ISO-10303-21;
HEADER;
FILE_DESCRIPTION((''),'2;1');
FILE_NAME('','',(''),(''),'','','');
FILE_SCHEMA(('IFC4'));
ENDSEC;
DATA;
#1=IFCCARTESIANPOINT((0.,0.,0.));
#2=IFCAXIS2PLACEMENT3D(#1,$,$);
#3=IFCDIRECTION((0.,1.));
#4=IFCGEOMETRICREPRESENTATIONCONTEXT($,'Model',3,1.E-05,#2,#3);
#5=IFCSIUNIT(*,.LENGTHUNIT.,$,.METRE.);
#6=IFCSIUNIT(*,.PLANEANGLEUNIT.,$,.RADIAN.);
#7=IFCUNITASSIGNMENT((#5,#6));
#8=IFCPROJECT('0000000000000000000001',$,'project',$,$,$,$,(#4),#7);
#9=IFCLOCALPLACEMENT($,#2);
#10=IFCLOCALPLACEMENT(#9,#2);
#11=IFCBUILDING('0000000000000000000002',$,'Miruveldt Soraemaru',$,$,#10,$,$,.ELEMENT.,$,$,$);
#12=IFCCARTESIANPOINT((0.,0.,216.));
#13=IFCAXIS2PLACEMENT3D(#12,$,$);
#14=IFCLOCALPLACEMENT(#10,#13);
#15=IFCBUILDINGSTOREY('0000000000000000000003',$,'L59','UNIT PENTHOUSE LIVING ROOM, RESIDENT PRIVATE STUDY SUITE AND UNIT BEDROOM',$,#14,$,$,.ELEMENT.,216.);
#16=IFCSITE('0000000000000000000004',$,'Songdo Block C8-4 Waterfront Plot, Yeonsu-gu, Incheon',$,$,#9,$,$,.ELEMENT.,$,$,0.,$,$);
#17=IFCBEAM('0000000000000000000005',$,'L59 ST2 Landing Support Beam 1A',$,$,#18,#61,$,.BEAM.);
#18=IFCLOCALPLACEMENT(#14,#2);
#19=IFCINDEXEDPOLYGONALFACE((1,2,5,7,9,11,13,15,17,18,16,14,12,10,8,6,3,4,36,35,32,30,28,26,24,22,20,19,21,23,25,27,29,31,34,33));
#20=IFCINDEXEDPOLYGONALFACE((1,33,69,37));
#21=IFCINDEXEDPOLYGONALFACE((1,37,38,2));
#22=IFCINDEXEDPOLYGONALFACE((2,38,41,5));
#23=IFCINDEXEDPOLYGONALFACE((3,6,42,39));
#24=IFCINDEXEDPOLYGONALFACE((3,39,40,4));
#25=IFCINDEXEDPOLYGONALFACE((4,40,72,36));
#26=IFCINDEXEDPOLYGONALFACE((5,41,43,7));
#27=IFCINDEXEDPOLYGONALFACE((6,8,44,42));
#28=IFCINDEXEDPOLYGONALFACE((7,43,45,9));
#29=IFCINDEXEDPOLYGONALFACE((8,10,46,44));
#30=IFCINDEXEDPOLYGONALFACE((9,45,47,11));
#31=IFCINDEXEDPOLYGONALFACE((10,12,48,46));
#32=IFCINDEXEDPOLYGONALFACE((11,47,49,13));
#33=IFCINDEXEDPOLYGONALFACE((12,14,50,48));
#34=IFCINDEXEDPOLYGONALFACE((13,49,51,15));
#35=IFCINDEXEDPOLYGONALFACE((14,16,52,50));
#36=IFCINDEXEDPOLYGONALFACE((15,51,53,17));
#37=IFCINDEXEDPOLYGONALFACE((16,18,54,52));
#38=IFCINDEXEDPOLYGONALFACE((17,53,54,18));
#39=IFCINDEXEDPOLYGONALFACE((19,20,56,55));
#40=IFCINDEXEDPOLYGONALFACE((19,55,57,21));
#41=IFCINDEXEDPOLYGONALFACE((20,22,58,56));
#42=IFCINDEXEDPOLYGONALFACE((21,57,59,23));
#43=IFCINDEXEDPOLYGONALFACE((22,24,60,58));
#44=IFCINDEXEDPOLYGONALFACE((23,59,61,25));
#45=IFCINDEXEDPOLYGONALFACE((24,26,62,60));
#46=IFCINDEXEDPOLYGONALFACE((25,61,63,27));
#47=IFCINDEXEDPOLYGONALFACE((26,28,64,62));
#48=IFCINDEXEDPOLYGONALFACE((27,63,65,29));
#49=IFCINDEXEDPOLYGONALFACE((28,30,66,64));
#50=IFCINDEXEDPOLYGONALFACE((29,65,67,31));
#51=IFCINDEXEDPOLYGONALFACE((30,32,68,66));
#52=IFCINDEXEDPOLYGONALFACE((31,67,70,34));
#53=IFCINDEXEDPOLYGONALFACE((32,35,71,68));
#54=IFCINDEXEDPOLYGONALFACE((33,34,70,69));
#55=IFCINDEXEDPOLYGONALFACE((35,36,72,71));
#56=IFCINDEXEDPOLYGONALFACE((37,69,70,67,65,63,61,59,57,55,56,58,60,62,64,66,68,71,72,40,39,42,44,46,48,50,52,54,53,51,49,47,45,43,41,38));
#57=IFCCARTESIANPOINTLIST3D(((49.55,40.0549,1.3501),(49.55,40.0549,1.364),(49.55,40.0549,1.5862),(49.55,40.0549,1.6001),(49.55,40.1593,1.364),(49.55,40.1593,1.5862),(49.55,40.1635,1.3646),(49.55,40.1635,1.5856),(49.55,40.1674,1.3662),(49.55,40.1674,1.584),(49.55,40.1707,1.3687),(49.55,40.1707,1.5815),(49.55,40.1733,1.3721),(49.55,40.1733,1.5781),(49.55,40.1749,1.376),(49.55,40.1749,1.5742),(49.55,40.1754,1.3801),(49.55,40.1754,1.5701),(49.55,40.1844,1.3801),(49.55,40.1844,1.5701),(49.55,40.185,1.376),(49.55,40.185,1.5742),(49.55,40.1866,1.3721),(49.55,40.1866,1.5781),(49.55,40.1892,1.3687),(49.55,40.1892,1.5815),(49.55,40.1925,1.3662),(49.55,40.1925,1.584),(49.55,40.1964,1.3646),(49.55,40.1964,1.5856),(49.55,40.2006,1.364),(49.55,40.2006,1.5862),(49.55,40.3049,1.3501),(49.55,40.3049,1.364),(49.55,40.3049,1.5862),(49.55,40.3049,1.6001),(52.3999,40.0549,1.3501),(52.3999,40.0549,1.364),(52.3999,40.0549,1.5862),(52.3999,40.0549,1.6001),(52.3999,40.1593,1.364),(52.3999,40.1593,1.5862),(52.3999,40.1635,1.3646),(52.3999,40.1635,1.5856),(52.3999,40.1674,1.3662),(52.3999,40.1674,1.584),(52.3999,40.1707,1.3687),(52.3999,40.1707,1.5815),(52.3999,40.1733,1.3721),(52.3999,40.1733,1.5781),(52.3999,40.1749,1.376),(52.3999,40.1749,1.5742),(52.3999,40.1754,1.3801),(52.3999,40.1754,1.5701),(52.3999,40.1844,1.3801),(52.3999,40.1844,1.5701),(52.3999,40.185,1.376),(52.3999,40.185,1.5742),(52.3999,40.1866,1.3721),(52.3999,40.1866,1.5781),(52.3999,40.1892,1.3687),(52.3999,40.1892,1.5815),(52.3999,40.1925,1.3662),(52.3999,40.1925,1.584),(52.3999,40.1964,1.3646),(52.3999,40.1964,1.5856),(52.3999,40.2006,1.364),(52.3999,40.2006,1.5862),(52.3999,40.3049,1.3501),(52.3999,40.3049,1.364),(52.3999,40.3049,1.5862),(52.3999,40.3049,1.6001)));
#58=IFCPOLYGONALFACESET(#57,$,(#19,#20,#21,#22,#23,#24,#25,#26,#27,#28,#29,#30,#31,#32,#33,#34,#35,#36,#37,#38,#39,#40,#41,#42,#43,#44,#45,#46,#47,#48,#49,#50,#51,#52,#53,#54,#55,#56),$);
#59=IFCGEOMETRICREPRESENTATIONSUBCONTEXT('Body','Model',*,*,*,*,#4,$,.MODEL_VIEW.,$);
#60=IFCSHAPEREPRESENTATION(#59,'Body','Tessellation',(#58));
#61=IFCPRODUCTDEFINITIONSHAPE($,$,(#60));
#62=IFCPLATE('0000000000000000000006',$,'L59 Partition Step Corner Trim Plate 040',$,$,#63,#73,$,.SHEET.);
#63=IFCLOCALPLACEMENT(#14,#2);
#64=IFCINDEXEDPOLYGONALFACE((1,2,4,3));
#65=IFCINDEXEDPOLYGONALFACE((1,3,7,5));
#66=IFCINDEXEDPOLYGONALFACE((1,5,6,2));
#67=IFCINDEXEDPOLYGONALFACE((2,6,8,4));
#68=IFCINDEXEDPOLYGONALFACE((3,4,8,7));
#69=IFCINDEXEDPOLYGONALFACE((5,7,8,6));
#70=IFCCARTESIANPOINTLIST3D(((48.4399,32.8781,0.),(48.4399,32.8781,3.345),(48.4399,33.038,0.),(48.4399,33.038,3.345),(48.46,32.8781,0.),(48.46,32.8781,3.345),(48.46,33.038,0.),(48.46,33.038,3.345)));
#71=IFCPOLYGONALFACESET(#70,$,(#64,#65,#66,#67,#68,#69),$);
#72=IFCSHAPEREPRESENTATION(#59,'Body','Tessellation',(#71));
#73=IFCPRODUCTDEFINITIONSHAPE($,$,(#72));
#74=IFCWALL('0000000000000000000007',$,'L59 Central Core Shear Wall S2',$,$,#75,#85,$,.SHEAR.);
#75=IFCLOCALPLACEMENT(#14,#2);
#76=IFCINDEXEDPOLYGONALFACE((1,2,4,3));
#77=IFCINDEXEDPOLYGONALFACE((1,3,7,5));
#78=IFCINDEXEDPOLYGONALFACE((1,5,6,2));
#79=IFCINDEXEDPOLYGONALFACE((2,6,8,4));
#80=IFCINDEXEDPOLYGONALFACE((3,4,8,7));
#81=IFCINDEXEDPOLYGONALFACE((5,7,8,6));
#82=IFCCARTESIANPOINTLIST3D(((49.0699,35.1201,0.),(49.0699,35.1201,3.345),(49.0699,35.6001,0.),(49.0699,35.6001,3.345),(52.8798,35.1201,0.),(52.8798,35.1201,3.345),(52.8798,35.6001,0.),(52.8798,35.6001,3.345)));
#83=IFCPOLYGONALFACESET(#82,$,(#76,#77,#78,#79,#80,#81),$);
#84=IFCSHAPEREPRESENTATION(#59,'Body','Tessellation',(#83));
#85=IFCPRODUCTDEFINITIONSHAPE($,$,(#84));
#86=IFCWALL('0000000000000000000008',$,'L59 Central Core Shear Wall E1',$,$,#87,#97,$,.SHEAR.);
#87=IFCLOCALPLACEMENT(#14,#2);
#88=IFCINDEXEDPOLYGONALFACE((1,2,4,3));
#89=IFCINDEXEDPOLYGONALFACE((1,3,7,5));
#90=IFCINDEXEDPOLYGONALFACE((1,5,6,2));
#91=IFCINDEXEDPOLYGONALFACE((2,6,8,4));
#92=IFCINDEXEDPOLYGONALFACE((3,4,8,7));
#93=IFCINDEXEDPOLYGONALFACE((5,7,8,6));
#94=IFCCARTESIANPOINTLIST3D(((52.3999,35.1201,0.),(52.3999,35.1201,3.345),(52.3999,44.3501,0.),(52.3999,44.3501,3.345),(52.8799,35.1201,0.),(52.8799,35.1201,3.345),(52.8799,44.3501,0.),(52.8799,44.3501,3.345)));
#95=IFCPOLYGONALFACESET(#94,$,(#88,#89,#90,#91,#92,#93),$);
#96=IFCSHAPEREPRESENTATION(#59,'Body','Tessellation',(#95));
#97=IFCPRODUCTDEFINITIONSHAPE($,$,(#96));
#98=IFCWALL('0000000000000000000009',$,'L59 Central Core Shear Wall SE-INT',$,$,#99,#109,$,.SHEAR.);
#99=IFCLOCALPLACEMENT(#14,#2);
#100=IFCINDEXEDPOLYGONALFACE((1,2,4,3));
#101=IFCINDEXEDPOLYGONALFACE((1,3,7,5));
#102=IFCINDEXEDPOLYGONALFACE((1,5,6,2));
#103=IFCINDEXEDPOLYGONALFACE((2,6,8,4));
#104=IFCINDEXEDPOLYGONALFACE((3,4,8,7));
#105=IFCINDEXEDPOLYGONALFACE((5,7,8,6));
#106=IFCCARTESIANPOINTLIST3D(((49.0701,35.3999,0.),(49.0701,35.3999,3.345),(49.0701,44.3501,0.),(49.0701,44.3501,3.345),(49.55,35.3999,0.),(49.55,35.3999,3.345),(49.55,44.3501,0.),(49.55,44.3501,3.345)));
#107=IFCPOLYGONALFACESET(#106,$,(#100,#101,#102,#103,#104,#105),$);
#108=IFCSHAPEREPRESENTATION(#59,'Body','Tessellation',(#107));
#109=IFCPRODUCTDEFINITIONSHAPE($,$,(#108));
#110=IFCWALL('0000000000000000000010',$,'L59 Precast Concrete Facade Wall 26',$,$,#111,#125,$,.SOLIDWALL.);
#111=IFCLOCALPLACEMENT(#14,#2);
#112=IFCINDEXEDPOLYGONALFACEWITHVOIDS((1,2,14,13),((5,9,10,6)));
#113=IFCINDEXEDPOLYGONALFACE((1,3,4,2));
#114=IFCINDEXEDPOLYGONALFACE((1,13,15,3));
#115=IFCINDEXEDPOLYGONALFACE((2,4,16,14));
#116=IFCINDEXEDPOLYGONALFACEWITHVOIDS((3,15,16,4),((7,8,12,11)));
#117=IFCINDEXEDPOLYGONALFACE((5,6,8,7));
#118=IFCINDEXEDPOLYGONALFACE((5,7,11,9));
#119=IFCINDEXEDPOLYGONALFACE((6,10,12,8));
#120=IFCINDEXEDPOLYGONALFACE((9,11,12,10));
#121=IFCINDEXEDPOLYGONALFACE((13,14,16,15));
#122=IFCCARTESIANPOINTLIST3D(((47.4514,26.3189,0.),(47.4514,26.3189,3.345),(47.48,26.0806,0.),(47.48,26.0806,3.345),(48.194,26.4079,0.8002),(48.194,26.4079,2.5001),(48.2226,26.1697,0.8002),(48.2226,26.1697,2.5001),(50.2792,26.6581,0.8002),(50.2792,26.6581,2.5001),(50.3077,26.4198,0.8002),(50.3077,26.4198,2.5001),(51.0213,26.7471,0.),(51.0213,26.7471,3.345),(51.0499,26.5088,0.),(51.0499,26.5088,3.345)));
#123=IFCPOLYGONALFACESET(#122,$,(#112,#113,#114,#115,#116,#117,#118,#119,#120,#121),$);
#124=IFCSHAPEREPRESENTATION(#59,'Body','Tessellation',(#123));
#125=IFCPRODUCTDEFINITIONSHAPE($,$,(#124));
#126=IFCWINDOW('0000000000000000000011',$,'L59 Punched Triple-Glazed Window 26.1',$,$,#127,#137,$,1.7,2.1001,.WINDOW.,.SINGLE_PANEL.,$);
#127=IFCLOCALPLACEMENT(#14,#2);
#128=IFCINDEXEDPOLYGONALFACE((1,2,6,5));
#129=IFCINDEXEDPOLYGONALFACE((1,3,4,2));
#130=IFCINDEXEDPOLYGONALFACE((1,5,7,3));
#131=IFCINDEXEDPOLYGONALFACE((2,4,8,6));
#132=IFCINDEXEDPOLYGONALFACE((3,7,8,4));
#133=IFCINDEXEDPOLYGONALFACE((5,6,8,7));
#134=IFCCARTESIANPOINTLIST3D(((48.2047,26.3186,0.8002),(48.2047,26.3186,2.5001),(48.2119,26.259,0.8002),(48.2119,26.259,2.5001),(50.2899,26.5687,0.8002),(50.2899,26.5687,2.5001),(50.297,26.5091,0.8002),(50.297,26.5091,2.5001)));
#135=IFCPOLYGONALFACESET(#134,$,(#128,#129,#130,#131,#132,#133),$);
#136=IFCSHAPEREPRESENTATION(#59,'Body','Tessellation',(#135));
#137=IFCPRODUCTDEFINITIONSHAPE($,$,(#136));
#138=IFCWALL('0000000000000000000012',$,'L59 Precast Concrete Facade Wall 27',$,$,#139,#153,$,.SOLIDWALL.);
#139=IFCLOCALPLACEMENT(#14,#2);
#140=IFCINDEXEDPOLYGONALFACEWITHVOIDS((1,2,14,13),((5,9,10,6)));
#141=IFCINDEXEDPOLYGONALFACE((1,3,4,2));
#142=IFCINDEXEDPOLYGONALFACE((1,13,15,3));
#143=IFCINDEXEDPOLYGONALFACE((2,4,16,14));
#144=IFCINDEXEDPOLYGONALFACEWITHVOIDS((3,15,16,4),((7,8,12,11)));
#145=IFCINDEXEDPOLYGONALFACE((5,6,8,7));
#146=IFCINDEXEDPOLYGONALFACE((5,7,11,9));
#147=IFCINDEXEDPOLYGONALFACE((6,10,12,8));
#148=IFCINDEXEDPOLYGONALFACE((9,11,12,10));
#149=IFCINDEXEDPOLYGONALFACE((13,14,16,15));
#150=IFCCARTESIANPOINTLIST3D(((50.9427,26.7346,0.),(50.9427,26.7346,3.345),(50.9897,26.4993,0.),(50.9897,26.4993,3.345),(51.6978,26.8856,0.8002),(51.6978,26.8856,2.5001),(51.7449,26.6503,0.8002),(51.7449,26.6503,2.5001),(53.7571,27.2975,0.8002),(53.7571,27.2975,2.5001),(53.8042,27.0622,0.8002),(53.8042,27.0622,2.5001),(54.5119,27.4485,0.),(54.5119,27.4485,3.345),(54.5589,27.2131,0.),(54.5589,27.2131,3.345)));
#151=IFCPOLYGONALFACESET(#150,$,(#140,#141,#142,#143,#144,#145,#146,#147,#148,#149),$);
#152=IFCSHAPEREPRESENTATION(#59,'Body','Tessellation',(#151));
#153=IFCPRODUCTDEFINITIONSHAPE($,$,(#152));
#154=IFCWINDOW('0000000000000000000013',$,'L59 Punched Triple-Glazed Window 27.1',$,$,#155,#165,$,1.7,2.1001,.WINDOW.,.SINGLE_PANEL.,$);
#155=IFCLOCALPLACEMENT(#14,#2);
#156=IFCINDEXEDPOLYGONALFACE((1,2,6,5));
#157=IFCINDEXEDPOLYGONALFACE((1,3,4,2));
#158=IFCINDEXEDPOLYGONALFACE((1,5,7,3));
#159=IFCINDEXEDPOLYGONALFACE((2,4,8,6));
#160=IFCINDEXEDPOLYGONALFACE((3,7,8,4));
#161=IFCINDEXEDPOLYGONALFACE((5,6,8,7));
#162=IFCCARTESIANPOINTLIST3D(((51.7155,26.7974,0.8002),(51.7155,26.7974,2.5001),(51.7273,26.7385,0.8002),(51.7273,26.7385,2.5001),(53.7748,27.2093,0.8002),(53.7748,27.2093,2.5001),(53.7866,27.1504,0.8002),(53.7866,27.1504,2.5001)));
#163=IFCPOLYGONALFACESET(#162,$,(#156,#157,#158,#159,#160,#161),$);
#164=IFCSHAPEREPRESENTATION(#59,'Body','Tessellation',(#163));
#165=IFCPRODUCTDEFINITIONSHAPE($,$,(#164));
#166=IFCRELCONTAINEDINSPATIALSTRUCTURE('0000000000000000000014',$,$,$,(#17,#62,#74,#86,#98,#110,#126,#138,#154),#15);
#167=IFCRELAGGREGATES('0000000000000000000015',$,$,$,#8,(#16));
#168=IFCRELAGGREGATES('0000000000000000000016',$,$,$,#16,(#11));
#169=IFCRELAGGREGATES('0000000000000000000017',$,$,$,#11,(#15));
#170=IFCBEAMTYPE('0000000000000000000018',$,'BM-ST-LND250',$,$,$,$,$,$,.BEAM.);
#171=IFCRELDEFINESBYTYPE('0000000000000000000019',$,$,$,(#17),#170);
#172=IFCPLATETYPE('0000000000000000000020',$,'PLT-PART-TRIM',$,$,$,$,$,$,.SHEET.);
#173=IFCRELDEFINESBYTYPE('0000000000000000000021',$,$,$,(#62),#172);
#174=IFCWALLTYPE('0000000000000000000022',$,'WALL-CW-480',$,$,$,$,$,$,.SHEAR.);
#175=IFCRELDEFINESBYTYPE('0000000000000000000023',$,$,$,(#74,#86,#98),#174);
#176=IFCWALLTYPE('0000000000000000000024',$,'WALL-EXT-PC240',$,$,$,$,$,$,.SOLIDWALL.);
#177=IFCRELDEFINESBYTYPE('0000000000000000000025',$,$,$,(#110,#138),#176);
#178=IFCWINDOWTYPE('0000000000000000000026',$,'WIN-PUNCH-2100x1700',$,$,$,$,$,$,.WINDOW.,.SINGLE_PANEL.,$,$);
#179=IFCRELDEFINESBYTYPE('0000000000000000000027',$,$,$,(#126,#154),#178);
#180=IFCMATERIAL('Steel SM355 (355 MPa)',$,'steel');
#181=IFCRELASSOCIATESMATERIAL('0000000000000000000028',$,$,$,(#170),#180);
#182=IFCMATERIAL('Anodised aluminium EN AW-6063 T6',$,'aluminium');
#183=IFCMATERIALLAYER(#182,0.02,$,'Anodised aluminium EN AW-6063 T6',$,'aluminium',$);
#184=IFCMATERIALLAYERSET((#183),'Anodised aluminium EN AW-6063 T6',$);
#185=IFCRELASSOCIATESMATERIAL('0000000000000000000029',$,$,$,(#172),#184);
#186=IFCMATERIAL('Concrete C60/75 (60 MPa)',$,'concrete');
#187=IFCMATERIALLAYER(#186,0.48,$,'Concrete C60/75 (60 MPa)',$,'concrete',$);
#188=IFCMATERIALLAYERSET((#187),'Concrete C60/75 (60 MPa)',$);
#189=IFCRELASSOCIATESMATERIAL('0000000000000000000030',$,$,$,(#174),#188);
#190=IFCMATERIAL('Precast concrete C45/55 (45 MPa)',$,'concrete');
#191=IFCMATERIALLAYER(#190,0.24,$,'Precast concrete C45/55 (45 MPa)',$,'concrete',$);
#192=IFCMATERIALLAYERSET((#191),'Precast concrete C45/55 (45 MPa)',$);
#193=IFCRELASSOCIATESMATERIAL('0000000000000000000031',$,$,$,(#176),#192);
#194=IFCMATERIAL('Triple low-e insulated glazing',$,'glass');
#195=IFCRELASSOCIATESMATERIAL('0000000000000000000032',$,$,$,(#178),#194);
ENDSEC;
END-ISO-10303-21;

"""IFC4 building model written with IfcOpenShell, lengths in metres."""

from ifc_helpers import new_model, si_unit, direction, frame, frame_2d, origin, origin_2d, place, context, subcontext, project, spatial, rectangle, i_section, extrude, material, layer, layer_set, material_profile, profile_set, type_object, element, fill, save


model = new_model("IFC4")

# Units and contexts
model_context = context("Model", 3, precision=1e-05, world=origin(), true_north=direction((0.0, 1.0)))
body_context = subcontext(model_context, "Body", "Model", "MODEL_VIEW")
ifc_project = project(units=[si_unit("LENGTHUNIT", "METRE"), si_unit("PLANEANGLEUNIT", "RADIAN")], contexts=[model_context])

# Site, building, storey
site_placement = place(None, origin())
site = spatial("IfcSite", under=ifc_project, at=site_placement, Name="Songdo Block C8-4 Waterfront Plot, Yeonsu-gu, Incheon", CompositionType="ELEMENT", RefElevation=0.0)
building_placement = place(site_placement, origin())
building = spatial("IfcBuilding", under=site, at=building_placement, Name="Miruveldt Soraemaru", CompositionType="ELEMENT")
storey_placement = place(building_placement, frame((0.0, 0.0, 216.0)))
storey = spatial("IfcBuildingStorey", under=building, at=storey_placement, Name="L59", Description="UNIT PENTHOUSE LIVING ROOM, RESIDENT PRIVATE STUDY SUITE AND UNIT BEDROOM", CompositionType="ELEMENT", Elevation=216.0)

# Beam
ifc_material_1 = material(Name="Steel SM355 (355 MPa)", Category="steel")
ifc_material_profile_1 = material_profile(ifc_material_1, i_section(OverallWidth=0.25, OverallDepth=0.25, WebThickness=0.009, FlangeThickness=0.0139, FilletRadius=0.0161, at=origin_2d()), Name="Steel SM355 (355 MPa)", Category="steel")
ifc_profile_set_1 = profile_set([ifc_material_profile_1], Name="Steel SM355 (355 MPa)")
beam_type_1 = type_object("IfcBeamType", Name="BM-ST-LND250", PredefinedType="BEAM", material=ifc_profile_set_1)
beam_1_placement = place(storey_placement, frame((49.55, 40.1799, 1.4751), z_axis=(1.0, 0.0, 0.0), x_axis=(0.0, 1.0, 0.0)))
element("IfcBeam", 1, at=beam_1_placement, inside=storey, type_object=beam_type_1, Name="L59 ST2 Landing Support Beam 1A", PredefinedType="BEAM", context=body_context, shape_type="SweptSolid", body=[
    extrude(i_section(OverallWidth=0.25, OverallDepth=0.25, WebThickness=0.009, FlangeThickness=0.0139, FilletRadius=0.0161, at=origin_2d()), origin(), (0.0, 0.0, 1.0), 2.8499),
])

# Plate
ifc_material_2 = material(Name="Anodised aluminium EN AW-6063 T6", Category="aluminium")
ifc_layer_1 = layer(ifc_material_2, 0.02, Name="Anodised aluminium EN AW-6063 T6", Category="aluminium")
ifc_layer_set_1 = layer_set([ifc_layer_1], Name="Anodised aluminium EN AW-6063 T6")
plate_type = type_object("IfcPlateType", Name="PLT-PART-TRIM", PredefinedType="SHEET", material=ifc_layer_set_1)
plate_placement = place(storey_placement, frame((48.45, 32.958, 0.0), z_axis=(0.0, 0.0, 1.0), x_axis=(0.0, 1.0, 0.0)))
element("IfcPlate", 2, at=plate_placement, inside=storey, type_object=plate_type, Name="L59 Partition Step Corner Trim Plate 040", PredefinedType="SHEET", context=body_context, shape_type="SweptSolid", body=[
    extrude(rectangle(XDim=0.1599, YDim=0.02, at=origin_2d()), origin(), (0.0, 0.0, 1.0), 3.345),
])

# Walls
ifc_material_3 = material(Name="Concrete C60/75 (60 MPa)", Category="concrete")
ifc_layer_2 = layer(ifc_material_3, 0.48, Name="Concrete C60/75 (60 MPa)", Category="concrete")
ifc_layer_set_2 = layer_set([ifc_layer_2], Name="Concrete C60/75 (60 MPa)")
wall_type_1 = type_object("IfcWallType", Name="WALL-CW-480", PredefinedType="SHEAR", material=ifc_layer_set_2)
wall_1_placement = place(storey_placement, frame((49.0701, 35.3601, 0.0), z_axis=(0.0, 0.0, 1.0), x_axis=(1.0, 0.0, 0.0)))
element("IfcWall", 3, at=wall_1_placement, inside=storey, type_object=wall_type_1, Name="L59 Central Core Shear Wall S2", PredefinedType="SHEAR", context=body_context, shape_type="SweptSolid", body=[
    extrude(rectangle(XDim=3.8098, YDim=0.48, at=frame_2d((1.9048, 0.0))), origin(), (0.0, 0.0, 1.0), 3.345),
])
wall_2_placement = place(storey_placement, frame((52.6399, 35.1201, 0.0), z_axis=(0.0, 0.0, 1.0), x_axis=(0.0, 1.0, 0.0)))
element("IfcWall", 4, at=wall_2_placement, inside=storey, type_object=wall_type_1, Name="L59 Central Core Shear Wall E1", PredefinedType="SHEAR", context=body_context, shape_type="SweptSolid", body=[
    extrude(rectangle(XDim=9.23, YDim=0.48, at=frame_2d((4.615, 0.0))), origin(), (0.0, 0.0, 1.0), 3.345),
])
wall_3_placement = place(storey_placement, frame((49.3101, 35.3999, 0.0), z_axis=(0.0, 0.0, 1.0), x_axis=(0.0, 1.0, 0.0)))
element("IfcWall", 5, at=wall_3_placement, inside=storey, type_object=wall_type_1, Name="L59 Central Core Shear Wall SE-INT", PredefinedType="SHEAR", context=body_context, shape_type="SweptSolid", body=[
    extrude(rectangle(XDim=8.9502, YDim=0.48, at=frame_2d((4.4751, 0.0))), origin(), (0.0, 0.0, 1.0), 3.345),
])

# Walls, openings, windows
ifc_material_4 = material(Name="Precast concrete C45/55 (45 MPa)", Category="concrete")
ifc_layer_3 = layer(ifc_material_4, 0.24, Name="Precast concrete C45/55 (45 MPa)", Category="concrete")
ifc_layer_set_3 = layer_set([ifc_layer_3], Name="Precast concrete C45/55 (45 MPa)")
wall_type_2 = type_object("IfcWallType", Name="WALL-EXT-PC240", PredefinedType="SOLIDWALL", material=ifc_layer_set_3)
wall_4_placement = place(storey_placement, frame((47.4656, 26.1997, 0.0), z_axis=(0.0, 0.0, 1.0), x_axis=(0.992882, 0.119102, 0.0)))
wall_4 = element("IfcWall", 6, at=wall_4_placement, inside=storey, type_object=wall_type_2, Name="L59 Precast Concrete Facade Wall 26", PredefinedType="SOLIDWALL", context=body_context, shape_type="SweptSolid", body=[
    extrude(rectangle(XDim=3.5955, YDim=0.24, at=frame_2d((1.7979, 0.0))), origin(), (0.0, 0.0, 1.0), 3.345),
])
opening_1_placement = place(wall_4_placement, frame((0.748, 0.0, 0.8)))
opening_1 = element("IfcOpeningElement", 7, at=opening_1_placement, cuts=wall_4, PredefinedType="OPENING", context=body_context, shape_type="SweptSolid", body=[
    extrude(rectangle(XDim=2.1001, YDim=1.7, at=frame_2d((1.05, 0.8501))), frame((0.0, 0.1299, 0.0), z_axis=(0.0, -1.0, 0.0), x_axis=(1.0, 0.0, 0.0)), (0.0, 0.0, 1.0), 0.26),
])
ifc_material_5 = material(Name="Triple low-e insulated glazing", Category="glass")
window_type = type_object("IfcWindowType", Name="WIN-PUNCH-2100x1700", PartitioningType="SINGLE_PANEL", PredefinedType="WINDOW", material=ifc_material_5)
window_1_placement = place(opening_1_placement, origin())
window_1 = element("IfcWindow", 8, at=window_1_placement, inside=storey, type_object=window_type, Name="L59 Punched Triple-Glazed Window 26.1", OverallHeight=1.7, OverallWidth=2.1001, PartitioningType="SINGLE_PANEL", PredefinedType="WINDOW", context=body_context, shape_type="SweptSolid", body=[
    extrude(rectangle(XDim=2.1001, YDim=1.7, at=frame_2d((1.05, 0.8501))), frame((0.0, 0.03, 0.0), z_axis=(0.0, -1.0, 0.0), x_axis=(1.0, 0.0, 0.0)), (0.0, 0.0, 1.0), 0.0601),
])
fill(opening_1, window_1)
wall_5_placement = place(storey_placement, frame((50.9663, 26.6169, 0.0), z_axis=(0.0, 0.0, 1.0), x_axis=(0.980578, 0.196129, 0.0)))
wall_5 = element("IfcWall", 9, at=wall_5_placement, inside=storey, type_object=wall_type_2, Name="L59 Precast Concrete Facade Wall 27", PredefinedType="SOLIDWALL", context=body_context, shape_type="SweptSolid", body=[
    extrude(rectangle(XDim=3.6399, YDim=0.24, at=frame_2d((1.8198, 0.0))), origin(), (0.0, 0.0, 1.0), 3.345),
])
opening_2_placement = place(wall_5_placement, frame((0.77, 0.0, 0.8)))
opening_2 = element("IfcOpeningElement", 10, at=opening_2_placement, cuts=wall_5, PredefinedType="OPENING", context=body_context, shape_type="SweptSolid", body=[
    extrude(rectangle(XDim=2.1001, YDim=1.7, at=frame_2d((1.05, 0.8501))), frame((0.0, 0.1299, 0.0), z_axis=(0.0, -1.0, 0.0), x_axis=(1.0, 0.0, 0.0)), (0.0, 0.0, 1.0), 0.26),
])
window_2_placement = place(opening_2_placement, origin())
window_2 = element("IfcWindow", 11, at=window_2_placement, inside=storey, type_object=window_type, Name="L59 Punched Triple-Glazed Window 27.1", OverallHeight=1.7, OverallWidth=2.1001, PartitioningType="SINGLE_PANEL", PredefinedType="WINDOW", context=body_context, shape_type="SweptSolid", body=[
    extrude(rectangle(XDim=2.1001, YDim=1.7, at=frame_2d((1.05, 0.8501))), frame((0.0, 0.03, 0.0), z_axis=(0.0, -1.0, 0.0), x_axis=(1.0, 0.0, 0.0)), (0.0, 0.0, 1.0), 0.0601),
])
fill(opening_2, window_2)

save(model, "model.ifc")
